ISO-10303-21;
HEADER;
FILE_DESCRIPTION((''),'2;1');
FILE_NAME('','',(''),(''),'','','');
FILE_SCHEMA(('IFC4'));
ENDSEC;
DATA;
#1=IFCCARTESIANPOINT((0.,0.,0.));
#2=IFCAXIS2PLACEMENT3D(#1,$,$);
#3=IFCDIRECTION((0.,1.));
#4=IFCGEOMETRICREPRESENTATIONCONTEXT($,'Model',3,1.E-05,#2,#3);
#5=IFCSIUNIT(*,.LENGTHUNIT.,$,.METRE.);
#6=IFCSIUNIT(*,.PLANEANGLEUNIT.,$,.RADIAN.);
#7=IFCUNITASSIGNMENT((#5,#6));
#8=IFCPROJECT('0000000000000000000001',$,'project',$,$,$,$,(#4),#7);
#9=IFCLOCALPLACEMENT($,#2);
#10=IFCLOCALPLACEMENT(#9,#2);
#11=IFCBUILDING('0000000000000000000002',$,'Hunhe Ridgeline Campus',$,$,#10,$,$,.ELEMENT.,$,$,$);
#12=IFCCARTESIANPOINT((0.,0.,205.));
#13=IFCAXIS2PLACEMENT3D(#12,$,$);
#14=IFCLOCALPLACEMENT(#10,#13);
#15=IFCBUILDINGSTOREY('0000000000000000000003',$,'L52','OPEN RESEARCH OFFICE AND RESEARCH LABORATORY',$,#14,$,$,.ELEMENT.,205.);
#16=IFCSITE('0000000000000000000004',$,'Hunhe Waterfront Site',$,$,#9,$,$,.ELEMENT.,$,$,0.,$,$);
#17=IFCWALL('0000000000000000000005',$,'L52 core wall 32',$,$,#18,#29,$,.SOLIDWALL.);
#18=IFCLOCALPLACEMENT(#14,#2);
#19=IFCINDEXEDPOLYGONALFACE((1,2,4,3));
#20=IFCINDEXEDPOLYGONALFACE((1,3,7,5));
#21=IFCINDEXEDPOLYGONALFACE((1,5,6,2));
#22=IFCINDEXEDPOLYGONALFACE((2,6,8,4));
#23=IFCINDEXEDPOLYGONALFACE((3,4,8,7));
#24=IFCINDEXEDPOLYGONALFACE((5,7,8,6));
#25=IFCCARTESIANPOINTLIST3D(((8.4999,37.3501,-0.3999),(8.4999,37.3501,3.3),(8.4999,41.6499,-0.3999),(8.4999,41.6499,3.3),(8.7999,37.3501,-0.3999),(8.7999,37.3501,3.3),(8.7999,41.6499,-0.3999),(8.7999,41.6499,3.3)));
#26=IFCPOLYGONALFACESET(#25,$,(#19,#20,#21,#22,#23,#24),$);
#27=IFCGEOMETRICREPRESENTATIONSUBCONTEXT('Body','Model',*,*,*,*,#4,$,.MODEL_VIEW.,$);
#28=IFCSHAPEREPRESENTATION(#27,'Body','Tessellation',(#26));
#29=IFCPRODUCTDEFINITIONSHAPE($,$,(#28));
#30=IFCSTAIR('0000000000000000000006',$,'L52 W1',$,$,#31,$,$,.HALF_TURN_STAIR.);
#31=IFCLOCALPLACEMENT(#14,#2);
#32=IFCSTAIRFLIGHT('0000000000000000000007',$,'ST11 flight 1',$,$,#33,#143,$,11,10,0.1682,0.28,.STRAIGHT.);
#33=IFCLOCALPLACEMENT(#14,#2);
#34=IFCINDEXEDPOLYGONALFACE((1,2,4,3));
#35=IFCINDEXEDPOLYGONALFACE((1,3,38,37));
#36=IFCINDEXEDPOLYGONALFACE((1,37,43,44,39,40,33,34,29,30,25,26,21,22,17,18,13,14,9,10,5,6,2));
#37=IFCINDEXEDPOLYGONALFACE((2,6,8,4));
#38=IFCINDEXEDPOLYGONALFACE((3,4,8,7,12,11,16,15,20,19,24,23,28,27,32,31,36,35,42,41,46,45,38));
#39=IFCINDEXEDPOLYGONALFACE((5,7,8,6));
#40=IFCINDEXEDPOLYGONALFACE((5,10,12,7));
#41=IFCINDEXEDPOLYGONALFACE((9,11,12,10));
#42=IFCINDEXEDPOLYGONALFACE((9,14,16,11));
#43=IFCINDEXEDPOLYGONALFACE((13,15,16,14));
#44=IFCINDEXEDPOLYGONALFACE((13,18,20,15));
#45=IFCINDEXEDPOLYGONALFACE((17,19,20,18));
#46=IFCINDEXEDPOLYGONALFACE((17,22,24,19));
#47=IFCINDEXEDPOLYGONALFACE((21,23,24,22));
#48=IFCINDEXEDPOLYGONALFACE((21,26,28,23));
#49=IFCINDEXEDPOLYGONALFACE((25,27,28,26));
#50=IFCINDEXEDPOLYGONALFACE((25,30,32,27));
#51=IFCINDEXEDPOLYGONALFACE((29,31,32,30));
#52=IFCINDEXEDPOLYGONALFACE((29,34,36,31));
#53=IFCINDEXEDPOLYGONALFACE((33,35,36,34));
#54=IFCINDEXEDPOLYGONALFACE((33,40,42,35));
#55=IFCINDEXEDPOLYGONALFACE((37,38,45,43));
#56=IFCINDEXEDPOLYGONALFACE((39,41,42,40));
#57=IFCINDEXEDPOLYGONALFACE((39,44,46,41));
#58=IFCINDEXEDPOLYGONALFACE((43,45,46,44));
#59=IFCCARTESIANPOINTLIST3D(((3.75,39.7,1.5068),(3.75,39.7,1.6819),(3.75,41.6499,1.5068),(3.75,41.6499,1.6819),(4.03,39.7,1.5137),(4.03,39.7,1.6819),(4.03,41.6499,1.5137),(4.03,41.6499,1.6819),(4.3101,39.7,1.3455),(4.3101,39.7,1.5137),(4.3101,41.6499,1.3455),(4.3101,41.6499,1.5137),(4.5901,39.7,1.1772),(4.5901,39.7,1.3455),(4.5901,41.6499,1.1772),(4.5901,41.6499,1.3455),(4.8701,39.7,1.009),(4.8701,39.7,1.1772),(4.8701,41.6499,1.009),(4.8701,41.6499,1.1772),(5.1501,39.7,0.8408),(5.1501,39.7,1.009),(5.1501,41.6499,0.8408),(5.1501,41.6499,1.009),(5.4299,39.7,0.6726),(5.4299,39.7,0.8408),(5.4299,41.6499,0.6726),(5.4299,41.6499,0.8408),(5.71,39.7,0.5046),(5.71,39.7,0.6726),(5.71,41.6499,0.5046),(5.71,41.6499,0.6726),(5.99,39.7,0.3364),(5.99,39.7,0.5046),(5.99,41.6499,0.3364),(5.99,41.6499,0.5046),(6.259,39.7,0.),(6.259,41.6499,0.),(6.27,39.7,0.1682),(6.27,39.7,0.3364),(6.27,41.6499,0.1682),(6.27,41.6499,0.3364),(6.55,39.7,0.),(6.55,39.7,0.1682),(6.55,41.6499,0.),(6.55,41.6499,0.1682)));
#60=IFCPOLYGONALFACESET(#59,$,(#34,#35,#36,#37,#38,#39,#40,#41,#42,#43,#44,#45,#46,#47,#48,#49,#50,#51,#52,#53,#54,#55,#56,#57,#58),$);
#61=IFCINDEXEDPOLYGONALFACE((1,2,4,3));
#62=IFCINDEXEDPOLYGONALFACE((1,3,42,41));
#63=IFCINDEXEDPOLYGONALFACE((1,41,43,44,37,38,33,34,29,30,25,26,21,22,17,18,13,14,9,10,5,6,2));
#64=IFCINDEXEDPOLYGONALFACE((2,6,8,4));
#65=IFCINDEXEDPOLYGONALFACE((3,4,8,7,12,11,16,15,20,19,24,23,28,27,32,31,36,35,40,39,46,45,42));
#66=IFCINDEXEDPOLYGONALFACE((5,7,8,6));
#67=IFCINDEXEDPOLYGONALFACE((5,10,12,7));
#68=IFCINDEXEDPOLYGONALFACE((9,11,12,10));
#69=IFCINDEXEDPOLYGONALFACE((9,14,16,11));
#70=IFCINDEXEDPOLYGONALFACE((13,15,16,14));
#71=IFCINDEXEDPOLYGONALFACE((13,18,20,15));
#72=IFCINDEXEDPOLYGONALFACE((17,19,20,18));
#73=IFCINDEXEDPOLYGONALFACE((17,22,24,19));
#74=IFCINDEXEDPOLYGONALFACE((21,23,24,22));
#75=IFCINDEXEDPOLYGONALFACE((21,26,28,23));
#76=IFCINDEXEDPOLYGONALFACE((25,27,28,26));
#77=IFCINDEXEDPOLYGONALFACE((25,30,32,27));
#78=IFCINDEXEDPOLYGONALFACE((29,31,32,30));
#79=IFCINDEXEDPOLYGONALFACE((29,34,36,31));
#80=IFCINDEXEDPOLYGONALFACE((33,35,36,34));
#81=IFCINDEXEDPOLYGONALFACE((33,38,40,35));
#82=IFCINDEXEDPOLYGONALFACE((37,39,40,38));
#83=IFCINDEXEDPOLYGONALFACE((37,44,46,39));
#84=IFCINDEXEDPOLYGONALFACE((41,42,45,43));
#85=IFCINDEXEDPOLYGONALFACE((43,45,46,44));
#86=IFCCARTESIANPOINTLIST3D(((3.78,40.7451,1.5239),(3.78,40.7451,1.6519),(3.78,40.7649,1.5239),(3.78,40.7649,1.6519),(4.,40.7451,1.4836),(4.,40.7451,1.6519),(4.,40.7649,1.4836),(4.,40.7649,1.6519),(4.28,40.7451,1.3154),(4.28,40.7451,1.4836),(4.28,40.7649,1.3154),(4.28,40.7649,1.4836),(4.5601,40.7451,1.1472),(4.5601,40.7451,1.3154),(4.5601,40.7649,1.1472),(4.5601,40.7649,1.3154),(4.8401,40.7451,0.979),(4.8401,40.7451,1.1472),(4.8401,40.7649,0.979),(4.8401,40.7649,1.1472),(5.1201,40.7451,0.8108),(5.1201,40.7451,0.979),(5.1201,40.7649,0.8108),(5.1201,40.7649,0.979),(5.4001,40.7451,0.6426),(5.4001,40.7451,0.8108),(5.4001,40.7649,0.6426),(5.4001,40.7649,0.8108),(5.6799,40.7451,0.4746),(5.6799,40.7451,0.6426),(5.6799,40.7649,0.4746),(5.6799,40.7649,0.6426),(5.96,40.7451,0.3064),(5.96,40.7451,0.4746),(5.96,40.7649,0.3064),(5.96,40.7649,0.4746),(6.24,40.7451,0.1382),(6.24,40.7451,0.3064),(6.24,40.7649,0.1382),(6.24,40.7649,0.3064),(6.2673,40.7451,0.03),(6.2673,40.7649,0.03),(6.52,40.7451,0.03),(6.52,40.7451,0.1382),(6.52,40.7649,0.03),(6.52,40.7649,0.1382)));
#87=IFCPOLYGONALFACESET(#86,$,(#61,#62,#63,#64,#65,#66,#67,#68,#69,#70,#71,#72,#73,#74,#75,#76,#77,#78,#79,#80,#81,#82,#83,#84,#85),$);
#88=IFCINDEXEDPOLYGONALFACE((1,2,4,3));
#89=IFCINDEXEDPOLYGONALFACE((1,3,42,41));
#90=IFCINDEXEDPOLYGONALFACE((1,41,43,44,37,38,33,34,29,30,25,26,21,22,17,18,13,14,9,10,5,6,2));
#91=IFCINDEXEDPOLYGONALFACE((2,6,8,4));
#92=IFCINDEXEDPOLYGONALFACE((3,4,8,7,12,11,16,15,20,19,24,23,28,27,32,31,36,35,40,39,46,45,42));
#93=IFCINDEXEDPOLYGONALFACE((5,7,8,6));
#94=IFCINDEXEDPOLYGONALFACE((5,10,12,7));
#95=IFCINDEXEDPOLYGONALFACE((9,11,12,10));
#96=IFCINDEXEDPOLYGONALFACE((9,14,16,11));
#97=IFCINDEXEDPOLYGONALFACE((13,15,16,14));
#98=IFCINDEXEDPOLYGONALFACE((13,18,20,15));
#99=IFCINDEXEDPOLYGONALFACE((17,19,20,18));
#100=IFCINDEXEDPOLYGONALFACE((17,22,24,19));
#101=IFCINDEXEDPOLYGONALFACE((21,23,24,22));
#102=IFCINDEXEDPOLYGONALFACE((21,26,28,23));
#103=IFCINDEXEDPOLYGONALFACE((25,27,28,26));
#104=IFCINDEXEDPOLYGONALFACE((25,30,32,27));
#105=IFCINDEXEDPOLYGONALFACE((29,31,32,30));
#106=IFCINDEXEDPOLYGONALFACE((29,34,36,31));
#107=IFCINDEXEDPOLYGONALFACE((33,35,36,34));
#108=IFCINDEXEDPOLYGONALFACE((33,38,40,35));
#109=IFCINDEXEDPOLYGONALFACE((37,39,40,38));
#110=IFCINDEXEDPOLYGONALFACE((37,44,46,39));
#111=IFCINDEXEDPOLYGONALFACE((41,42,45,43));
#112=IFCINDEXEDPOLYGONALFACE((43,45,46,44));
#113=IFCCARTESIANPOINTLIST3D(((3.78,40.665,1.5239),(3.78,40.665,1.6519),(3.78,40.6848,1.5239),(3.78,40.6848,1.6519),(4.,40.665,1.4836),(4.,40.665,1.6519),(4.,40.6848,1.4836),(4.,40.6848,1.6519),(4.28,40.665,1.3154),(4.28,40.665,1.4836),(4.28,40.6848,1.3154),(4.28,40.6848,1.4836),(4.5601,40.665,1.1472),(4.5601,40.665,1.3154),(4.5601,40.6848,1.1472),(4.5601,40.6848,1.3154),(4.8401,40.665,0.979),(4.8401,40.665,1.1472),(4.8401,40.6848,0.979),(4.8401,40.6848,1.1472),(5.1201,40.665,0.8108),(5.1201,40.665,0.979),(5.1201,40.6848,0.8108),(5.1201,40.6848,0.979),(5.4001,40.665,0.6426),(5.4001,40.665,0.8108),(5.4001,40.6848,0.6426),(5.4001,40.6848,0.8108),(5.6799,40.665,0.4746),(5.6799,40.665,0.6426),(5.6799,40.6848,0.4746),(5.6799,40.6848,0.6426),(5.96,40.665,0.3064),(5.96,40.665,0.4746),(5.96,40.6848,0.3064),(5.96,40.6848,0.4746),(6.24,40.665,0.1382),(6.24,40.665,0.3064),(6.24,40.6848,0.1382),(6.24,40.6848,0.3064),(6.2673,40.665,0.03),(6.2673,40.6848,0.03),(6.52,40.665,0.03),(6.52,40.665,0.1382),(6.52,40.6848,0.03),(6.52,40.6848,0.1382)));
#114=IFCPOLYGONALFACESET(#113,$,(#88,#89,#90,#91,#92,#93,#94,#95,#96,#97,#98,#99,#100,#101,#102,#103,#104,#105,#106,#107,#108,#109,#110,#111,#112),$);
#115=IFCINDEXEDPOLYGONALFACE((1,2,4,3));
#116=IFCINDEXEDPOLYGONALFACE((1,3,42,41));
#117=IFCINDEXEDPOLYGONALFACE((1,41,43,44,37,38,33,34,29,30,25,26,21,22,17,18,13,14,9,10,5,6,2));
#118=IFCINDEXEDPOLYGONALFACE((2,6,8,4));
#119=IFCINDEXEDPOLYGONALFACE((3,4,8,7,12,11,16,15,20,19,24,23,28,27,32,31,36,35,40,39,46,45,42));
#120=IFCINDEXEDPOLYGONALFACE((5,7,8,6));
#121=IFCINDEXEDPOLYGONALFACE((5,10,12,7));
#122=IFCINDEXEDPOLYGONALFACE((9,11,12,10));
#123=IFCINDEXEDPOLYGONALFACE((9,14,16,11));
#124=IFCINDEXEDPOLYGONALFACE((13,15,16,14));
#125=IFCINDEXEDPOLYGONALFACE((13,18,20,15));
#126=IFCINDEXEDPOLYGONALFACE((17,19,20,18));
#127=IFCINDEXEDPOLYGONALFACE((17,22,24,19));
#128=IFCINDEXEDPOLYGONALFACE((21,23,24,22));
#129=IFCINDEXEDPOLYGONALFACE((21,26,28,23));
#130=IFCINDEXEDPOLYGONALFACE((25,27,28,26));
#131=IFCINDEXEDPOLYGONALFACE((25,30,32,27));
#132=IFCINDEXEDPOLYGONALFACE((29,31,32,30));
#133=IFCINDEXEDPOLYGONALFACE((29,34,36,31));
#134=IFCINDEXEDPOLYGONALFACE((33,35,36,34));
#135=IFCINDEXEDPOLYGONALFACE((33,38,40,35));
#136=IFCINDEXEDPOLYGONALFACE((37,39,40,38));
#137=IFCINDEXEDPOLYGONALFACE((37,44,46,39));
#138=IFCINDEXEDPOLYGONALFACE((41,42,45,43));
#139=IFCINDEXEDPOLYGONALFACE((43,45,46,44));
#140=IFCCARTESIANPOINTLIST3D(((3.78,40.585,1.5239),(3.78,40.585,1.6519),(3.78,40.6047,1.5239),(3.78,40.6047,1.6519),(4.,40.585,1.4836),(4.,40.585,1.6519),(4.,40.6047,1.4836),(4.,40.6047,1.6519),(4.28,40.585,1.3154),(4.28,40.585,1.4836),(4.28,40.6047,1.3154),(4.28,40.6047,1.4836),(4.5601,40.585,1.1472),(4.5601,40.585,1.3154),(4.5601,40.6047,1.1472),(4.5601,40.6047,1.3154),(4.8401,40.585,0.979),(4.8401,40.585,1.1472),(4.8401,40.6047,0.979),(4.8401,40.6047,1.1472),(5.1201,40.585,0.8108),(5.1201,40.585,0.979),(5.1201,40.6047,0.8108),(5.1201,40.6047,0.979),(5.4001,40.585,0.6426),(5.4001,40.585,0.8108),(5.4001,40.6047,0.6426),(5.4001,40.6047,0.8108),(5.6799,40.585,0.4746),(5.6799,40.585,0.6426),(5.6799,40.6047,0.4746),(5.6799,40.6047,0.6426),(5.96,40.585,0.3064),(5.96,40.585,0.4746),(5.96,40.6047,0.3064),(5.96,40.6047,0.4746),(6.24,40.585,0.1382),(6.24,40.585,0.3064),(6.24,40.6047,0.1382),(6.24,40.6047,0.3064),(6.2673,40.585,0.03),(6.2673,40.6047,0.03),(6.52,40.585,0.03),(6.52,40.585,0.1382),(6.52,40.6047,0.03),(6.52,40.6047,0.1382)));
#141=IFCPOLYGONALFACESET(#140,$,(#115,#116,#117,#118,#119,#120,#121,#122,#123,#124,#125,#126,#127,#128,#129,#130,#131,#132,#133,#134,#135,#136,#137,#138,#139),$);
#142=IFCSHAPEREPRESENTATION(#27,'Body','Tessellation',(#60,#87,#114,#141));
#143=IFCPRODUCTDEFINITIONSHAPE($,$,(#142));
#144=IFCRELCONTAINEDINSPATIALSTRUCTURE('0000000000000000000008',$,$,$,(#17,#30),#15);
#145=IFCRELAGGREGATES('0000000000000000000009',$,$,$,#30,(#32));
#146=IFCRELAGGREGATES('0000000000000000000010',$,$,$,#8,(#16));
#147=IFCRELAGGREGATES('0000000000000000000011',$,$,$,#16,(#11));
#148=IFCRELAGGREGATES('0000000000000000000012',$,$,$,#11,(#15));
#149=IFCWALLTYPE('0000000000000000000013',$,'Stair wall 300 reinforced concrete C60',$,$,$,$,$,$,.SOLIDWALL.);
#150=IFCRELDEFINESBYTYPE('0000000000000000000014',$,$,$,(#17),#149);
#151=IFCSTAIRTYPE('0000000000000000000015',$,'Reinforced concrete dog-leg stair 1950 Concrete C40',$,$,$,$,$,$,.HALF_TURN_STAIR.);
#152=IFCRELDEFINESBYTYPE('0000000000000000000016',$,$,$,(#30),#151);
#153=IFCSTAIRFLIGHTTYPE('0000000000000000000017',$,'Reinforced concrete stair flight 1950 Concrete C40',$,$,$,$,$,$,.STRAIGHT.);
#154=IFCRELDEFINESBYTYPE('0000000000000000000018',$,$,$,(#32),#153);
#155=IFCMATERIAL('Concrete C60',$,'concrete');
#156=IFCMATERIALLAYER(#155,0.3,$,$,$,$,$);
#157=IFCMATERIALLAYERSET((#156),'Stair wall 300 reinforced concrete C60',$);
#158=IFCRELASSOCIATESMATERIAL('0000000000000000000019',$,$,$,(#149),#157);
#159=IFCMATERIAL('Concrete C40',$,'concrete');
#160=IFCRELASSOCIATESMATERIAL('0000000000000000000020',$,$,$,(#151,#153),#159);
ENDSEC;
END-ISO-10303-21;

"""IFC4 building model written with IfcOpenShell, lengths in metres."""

from ifc_helpers import new_model, si_unit, direction, frame, frame_2d, origin, place, context, subcontext, project, spatial, polyline, rectangle, outline, extrude, material, layer, layer_set, type_object, element, aggregate, save


model = new_model("IFC4")

# Units and contexts
model_context = context("Model", 3, precision=1e-05, world=origin(), true_north=direction((0.0, 1.0)))
body_context = subcontext(model_context, "Body", "Model", "MODEL_VIEW")
ifc_project = project(units=[si_unit("LENGTHUNIT", "METRE"), si_unit("PLANEANGLEUNIT", "RADIAN")], contexts=[model_context])

# Site, building, storey
site_placement = place(None, origin())
site = spatial("IfcSite", under=ifc_project, at=site_placement, Name="Hunhe Waterfront Site", CompositionType="ELEMENT", RefElevation=0.0)
building_placement = place(site_placement, origin())
building = spatial("IfcBuilding", under=site, at=building_placement, Name="Hunhe Ridgeline Campus", CompositionType="ELEMENT")
storey_placement = place(building_placement, frame((0.0, 0.0, 205.0)))
storey = spatial("IfcBuildingStorey", under=building, at=storey_placement, Name="L52", Description="OPEN RESEARCH OFFICE AND RESEARCH LABORATORY", CompositionType="ELEMENT", Elevation=205.0)

# Shared definitions
ifc_material_1 = material(Name="Concrete C60", Category="concrete")

# Wall
ifc_layer_1 = layer(ifc_material_1, 0.3)
ifc_layer_set_1 = layer_set([ifc_layer_1], Name="Stair wall 300 reinforced concrete C60")
wall_type_1 = type_object("IfcWallType", Name="Stair wall 300 reinforced concrete C60", PredefinedType="SOLIDWALL", material=ifc_layer_set_1)
wall_1_placement = place(storey_placement, frame((8.6499, 37.3501, -0.3999), z_axis=(0.0, 0.0, 1.0), x_axis=(0.0, 1.0, 0.0)))
element("IfcWall", 1, at=wall_1_placement, inside=storey, type_object=wall_type_1, Name="L52 core wall 32", PredefinedType="SOLIDWALL", context=body_context, shape_type="SweptSolid", body=[
    extrude(rectangle(XDim=4.2998, YDim=0.3, at=frame_2d((2.1499, 0.0))), origin(), (0.0, 0.0, 1.0), 3.7),
])

# Stair, stair flight
ifc_material_2 = material(Name="Concrete C40", Category="concrete")
stair_type = type_object("IfcStairType", Name="Reinforced concrete dog-leg stair 1950 Concrete C40", PredefinedType="HALF_TURN_STAIR", material=ifc_material_2)
stair_placement = place(storey_placement, origin())
stair = element("IfcStair", 2, at=stair_placement, inside=storey, type_object=stair_type, Name="L52 W1", PredefinedType="HALF_TURN_STAIR")
stair_flight_type = type_object("IfcStairFlightType", Name="Reinforced concrete stair flight 1950 Concrete C40", PredefinedType="STRAIGHT", material=ifc_material_2)
stair_flight_placement = place(storey_placement, frame((6.55, 40.675, 0.0), z_axis=(0.0, 0.0, 1.0), x_axis=(-1.0, 0.0, 0.0)))
stair_flight = element("IfcStairFlight", 3, at=stair_flight_placement, type_object=stair_flight_type, Name="ST11 flight 1", NumberOfRisers=11, NumberOfTreads=10, PredefinedType="STRAIGHT", RiserHeight=0.1682, TreadLength=0.28, context=body_context, shape_type="SweptSolid", body=[
    extrude(outline(polyline([(0.0, 0.0), (0.0, 0.1682), (0.28, 0.1682), (0.28, 0.3364), (0.5601, 0.3364), (0.5601, 0.5046), (0.8401, 0.5046), (0.8401, 0.6726), (1.1201, 0.6726), (1.1201, 0.8408), (1.3999, 0.8408), (1.3999, 1.009), (1.6799, 1.009), (1.6799, 1.1772), (1.96, 1.1772), (1.96, 1.3455), (2.24, 1.3455), (2.24, 1.5137), (2.52, 1.5137), (2.52, 1.6819), (2.8, 1.6819), (2.8, 1.8501), (2.8, 1.5068), (0.291, 0.0), (0.0, 0.0)])), frame((0.0, 0.9751, 0.0), z_axis=(0.0, -1.0, 0.0), x_axis=(1.0, 0.0, 0.0)), (0.0, 0.0, 1.0), 1.95),
    extrude(outline(polyline([(0.03, 0.03), (0.03, 0.1382), (0.3101, 0.1382), (0.3101, 0.3064), (0.5901, 0.3064), (0.5901, 0.4746), (0.8701, 0.4746), (0.8701, 0.6426), (1.1499, 0.6426), (1.1499, 0.8108), (1.4299, 0.8108), (1.4299, 0.979), (1.71, 0.979), (1.71, 1.1472), (1.99, 1.1472), (1.99, 1.3154), (2.27, 1.3154), (2.27, 1.4836), (2.55, 1.4836), (2.55, 1.6519), (2.77, 1.6519), (2.77, 1.5239), (0.2827, 0.03), (0.03, 0.03)])), frame((0.0, -0.0701, 0.0), z_axis=(0.0, -1.0, 0.0), x_axis=(1.0, 0.0, 0.0)), (0.0, 0.0, 1.0), 0.0198),
    extrude(outline(polyline([(0.03, 0.03), (0.03, 0.1382), (0.3101, 0.1382), (0.3101, 0.3064), (0.5901, 0.3064), (0.5901, 0.4746), (0.8701, 0.4746), (0.8701, 0.6426), (1.1499, 0.6426), (1.1499, 0.8108), (1.4299, 0.8108), (1.4299, 0.979), (1.71, 0.979), (1.71, 1.1472), (1.99, 1.1472), (1.99, 1.3154), (2.27, 1.3154), (2.27, 1.4836), (2.55, 1.4836), (2.55, 1.6519), (2.77, 1.6519), (2.77, 1.5239), (0.2827, 0.03), (0.03, 0.03)])), frame((0.0, 0.01, 0.0), z_axis=(0.0, -1.0, 0.0), x_axis=(1.0, 0.0, 0.0)), (0.0, 0.0, 1.0), 0.0198),
    extrude(outline(polyline([(0.03, 0.03), (0.03, 0.1382), (0.3101, 0.1382), (0.3101, 0.3064), (0.5901, 0.3064), (0.5901, 0.4746), (0.8701, 0.4746), (0.8701, 0.6426), (1.1499, 0.6426), (1.1499, 0.8108), (1.4299, 0.8108), (1.4299, 0.979), (1.71, 0.979), (1.71, 1.1472), (1.99, 1.1472), (1.99, 1.3154), (2.27, 1.3154), (2.27, 1.4836), (2.55, 1.4836), (2.55, 1.6519), (2.77, 1.6519), (2.77, 1.5239), (0.2827, 0.03), (0.03, 0.03)])), frame((0.0, 0.0901, 0.0), z_axis=(0.0, -1.0, 0.0), x_axis=(1.0, 0.0, 0.0)), (0.0, 0.0, 1.0), 0.0198),
])
aggregate(stair, [stair_flight])

save(model, "model.ifc")
